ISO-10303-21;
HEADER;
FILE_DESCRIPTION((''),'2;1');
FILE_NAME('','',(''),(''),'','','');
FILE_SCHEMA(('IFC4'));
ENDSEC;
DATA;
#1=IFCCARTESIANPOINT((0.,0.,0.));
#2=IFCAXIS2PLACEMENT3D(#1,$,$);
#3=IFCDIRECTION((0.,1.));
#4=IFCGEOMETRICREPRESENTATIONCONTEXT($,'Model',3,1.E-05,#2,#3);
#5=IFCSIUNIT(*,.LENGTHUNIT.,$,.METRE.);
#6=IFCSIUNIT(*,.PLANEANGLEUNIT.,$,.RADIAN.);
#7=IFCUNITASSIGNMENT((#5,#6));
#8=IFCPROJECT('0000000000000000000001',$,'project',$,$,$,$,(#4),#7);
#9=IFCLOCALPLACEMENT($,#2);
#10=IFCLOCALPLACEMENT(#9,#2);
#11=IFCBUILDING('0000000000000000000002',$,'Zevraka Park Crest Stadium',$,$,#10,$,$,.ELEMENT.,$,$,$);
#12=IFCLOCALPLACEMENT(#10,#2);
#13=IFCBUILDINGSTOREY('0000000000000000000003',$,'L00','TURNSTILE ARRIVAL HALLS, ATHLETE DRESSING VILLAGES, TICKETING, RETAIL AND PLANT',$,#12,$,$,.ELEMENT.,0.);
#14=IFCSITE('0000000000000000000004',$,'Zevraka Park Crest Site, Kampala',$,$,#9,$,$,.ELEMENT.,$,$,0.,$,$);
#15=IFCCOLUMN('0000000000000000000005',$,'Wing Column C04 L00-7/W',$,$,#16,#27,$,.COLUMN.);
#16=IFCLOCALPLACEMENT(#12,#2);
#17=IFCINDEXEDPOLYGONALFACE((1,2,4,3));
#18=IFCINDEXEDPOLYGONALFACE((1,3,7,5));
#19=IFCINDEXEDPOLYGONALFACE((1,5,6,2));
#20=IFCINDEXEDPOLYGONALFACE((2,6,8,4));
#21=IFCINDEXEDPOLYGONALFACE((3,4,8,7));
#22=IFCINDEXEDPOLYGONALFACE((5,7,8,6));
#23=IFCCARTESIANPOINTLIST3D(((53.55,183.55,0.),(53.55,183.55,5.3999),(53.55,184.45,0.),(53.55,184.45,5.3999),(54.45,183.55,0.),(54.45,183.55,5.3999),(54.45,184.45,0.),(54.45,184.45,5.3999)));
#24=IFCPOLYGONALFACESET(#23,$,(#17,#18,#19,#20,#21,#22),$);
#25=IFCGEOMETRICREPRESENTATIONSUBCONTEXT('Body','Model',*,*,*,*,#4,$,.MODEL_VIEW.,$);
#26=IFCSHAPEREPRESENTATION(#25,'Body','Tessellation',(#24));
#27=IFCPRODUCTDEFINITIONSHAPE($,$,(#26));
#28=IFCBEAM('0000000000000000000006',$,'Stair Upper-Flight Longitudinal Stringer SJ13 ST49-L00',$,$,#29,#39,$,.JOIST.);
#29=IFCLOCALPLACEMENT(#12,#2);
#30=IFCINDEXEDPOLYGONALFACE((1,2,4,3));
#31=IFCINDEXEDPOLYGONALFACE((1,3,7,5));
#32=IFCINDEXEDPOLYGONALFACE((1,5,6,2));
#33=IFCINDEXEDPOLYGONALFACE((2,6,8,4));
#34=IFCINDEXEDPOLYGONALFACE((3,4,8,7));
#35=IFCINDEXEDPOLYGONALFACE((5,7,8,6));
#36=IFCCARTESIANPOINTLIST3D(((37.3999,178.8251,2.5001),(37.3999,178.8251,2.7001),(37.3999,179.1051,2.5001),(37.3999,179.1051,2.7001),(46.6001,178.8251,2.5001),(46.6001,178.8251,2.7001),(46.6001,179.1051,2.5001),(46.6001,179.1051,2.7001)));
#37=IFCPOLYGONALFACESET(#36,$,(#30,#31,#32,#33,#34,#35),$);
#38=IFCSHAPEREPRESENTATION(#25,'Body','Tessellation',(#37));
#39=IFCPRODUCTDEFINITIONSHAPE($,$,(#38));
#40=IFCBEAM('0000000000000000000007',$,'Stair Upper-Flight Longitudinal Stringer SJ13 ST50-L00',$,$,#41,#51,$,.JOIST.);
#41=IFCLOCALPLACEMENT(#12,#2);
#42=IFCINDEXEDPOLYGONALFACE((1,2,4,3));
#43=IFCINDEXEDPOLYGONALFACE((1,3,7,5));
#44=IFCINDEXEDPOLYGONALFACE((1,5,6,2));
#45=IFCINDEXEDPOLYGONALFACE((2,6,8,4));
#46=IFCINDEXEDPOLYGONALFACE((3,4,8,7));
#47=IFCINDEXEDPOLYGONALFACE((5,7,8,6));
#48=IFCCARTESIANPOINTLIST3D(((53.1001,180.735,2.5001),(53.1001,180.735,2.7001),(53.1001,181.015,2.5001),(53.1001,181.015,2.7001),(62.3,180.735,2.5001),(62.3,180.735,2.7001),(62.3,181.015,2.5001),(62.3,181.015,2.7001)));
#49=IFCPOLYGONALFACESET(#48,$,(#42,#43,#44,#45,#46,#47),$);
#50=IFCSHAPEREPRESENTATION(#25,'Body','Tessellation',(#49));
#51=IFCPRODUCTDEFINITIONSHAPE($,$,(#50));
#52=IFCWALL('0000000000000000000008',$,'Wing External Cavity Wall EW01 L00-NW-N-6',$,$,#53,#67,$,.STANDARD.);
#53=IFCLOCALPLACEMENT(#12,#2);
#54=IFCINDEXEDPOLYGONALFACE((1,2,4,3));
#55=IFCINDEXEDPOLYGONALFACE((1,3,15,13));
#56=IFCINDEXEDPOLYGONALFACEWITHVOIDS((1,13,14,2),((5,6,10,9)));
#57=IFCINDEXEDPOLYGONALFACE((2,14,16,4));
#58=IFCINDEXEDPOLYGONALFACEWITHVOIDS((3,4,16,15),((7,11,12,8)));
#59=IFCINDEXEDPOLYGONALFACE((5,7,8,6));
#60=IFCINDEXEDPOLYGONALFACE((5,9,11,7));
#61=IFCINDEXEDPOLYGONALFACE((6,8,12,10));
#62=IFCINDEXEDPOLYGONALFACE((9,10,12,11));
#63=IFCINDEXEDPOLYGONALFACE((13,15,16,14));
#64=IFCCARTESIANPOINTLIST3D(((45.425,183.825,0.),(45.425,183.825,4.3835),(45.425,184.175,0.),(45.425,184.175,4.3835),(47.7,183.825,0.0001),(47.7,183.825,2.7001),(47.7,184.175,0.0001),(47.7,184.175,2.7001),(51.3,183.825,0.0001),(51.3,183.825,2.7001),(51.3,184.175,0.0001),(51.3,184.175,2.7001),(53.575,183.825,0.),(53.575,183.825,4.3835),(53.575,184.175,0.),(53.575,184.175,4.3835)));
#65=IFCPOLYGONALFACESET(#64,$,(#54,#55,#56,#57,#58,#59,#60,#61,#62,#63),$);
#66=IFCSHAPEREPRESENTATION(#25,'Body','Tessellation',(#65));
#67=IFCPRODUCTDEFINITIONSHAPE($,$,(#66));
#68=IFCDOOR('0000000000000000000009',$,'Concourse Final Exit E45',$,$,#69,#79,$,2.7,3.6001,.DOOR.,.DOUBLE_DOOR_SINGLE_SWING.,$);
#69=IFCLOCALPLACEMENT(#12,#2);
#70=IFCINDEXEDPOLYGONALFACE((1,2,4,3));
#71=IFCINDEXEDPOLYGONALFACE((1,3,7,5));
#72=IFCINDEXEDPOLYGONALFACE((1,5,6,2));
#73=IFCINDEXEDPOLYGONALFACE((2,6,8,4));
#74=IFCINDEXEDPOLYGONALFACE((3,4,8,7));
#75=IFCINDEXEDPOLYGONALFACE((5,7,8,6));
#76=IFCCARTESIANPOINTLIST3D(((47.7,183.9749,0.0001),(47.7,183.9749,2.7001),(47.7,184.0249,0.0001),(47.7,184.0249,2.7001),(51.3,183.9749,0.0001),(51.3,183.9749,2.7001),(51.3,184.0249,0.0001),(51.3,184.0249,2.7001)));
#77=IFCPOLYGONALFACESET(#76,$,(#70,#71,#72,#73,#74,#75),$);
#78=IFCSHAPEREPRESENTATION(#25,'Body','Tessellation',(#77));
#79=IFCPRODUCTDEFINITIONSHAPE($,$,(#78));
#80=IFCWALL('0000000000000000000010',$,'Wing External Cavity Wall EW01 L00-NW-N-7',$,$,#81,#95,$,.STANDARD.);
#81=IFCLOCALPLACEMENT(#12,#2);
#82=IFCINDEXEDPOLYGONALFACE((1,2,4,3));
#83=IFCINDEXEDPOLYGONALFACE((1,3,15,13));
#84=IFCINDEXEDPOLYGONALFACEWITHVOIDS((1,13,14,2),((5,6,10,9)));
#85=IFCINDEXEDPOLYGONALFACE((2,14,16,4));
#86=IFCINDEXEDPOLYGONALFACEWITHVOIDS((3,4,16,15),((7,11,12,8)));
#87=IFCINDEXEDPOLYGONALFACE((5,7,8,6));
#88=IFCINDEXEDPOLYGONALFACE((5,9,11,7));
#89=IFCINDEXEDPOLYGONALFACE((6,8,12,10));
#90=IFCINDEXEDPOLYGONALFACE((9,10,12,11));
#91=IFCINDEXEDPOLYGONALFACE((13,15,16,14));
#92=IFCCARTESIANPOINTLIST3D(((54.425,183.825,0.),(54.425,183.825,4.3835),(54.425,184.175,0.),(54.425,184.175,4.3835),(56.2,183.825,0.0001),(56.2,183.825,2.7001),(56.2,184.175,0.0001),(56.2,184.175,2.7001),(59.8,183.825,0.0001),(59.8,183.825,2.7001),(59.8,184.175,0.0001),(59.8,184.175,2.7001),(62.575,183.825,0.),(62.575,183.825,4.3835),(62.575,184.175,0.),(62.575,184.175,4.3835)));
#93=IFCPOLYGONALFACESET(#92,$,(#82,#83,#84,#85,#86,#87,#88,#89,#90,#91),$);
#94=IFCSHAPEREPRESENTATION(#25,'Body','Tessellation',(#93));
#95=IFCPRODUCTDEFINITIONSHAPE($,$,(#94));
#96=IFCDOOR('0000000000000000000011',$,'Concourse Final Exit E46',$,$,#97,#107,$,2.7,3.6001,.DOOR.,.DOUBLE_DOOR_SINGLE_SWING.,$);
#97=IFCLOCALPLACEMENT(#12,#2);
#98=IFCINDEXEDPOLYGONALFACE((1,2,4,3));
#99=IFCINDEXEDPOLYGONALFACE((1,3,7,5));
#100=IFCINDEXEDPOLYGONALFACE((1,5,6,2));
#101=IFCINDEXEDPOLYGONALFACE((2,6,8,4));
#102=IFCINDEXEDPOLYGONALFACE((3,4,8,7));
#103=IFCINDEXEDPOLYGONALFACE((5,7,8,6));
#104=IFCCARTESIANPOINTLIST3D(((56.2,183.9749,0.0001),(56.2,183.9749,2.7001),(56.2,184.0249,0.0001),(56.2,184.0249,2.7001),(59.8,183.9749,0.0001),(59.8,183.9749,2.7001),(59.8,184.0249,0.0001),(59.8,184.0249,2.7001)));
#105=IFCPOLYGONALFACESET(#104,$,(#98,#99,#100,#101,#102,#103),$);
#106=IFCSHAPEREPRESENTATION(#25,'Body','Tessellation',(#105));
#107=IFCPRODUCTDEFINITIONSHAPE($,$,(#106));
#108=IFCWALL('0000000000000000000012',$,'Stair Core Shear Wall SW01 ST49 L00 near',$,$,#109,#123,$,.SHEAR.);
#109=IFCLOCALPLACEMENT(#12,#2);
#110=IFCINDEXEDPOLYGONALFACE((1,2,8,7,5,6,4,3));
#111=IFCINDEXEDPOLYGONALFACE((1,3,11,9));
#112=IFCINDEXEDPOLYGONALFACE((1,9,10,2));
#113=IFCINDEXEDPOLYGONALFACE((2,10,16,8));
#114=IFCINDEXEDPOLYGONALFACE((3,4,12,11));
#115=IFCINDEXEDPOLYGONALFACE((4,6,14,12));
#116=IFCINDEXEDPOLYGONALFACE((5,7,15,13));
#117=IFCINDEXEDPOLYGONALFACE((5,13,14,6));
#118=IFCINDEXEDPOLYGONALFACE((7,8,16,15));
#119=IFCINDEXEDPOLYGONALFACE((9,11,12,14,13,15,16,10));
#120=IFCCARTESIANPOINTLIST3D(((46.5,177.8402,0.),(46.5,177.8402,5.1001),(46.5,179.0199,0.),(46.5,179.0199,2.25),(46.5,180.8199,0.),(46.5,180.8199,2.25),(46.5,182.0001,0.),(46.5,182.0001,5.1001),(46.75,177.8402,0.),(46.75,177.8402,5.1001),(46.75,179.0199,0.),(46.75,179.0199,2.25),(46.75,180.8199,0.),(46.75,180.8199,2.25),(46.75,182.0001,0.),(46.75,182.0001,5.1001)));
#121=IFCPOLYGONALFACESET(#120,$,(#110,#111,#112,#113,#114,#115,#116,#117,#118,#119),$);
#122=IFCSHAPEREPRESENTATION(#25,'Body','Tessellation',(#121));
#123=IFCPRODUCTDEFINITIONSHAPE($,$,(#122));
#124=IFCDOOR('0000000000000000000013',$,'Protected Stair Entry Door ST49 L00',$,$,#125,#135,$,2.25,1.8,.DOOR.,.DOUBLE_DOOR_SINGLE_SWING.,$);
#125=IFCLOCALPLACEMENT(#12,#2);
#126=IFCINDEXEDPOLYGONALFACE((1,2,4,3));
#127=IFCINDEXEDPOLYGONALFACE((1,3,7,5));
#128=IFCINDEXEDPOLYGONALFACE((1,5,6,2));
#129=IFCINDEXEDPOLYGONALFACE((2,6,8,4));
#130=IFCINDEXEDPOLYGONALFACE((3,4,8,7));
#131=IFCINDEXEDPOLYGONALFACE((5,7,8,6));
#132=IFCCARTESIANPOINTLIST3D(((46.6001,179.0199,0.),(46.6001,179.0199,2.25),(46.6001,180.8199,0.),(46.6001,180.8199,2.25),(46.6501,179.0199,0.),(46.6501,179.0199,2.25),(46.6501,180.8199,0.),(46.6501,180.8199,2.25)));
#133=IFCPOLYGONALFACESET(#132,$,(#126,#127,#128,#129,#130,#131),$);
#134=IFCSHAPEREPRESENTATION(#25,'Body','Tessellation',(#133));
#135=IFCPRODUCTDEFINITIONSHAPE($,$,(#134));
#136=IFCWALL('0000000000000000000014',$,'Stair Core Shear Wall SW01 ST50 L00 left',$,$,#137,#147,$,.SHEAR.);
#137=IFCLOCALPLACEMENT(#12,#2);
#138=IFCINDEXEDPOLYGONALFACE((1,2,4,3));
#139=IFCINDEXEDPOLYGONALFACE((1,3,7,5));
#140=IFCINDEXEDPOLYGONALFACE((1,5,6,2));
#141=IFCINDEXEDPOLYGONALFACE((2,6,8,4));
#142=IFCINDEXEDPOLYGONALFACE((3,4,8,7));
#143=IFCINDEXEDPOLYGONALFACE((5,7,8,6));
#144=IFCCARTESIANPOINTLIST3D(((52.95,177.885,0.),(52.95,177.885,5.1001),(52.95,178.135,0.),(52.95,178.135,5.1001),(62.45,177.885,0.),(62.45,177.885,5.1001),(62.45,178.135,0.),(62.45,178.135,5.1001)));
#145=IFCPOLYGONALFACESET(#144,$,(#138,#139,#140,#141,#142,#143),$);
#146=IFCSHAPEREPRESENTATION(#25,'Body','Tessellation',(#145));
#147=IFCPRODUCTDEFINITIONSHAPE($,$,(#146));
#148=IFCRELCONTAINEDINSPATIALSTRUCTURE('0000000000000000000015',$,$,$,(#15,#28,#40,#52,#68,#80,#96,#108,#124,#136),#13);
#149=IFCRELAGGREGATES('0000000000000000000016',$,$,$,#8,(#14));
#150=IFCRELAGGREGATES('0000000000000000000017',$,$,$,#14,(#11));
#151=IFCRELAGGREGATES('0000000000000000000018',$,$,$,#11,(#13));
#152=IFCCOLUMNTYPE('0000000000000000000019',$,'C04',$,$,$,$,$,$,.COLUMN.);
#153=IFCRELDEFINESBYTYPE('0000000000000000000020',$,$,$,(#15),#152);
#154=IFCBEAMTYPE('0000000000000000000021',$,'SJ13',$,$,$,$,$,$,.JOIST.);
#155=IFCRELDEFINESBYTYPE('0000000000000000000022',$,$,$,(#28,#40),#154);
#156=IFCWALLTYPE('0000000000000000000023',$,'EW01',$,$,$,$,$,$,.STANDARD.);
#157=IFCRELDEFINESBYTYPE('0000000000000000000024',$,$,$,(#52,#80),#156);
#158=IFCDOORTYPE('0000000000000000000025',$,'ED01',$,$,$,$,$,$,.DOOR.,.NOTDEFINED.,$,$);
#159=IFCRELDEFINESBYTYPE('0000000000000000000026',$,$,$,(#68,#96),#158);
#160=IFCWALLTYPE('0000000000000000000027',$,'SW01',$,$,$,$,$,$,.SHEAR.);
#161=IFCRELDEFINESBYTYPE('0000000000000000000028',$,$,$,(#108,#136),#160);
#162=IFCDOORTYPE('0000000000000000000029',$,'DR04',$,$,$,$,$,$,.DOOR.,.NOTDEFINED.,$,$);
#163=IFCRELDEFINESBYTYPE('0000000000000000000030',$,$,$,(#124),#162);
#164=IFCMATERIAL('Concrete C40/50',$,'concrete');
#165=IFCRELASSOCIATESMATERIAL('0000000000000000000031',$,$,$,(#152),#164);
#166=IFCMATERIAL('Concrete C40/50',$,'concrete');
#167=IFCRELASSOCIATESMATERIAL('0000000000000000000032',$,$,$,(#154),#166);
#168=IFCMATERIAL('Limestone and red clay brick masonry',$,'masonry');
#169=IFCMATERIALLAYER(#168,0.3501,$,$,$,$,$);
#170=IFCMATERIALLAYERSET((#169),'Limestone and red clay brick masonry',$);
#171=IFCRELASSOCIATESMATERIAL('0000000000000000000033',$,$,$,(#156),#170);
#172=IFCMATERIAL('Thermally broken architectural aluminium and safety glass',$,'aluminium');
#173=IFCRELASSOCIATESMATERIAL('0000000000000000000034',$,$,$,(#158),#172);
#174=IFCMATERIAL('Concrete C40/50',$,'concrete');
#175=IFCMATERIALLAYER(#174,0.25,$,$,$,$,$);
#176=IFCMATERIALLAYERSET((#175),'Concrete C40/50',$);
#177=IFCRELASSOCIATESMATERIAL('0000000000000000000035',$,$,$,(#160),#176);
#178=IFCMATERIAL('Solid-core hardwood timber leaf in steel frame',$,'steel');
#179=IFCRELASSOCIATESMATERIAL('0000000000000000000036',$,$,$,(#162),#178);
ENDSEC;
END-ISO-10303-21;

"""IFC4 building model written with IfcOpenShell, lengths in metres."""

from ifc_helpers import new_model, si_unit, direction, frame, frame_2d, origin, origin_2d, place, context, subcontext, project, spatial, rectangle, extrude, material, layer, layer_set, material_profile, profile_set, type_object, element, fill, save


model = new_model("IFC4")

# Units and contexts
model_context = context("Model", 3, precision=1e-05, world=origin(), true_north=direction((0.0, 1.0)))
body_context = subcontext(model_context, "Body", "Model", "MODEL_VIEW")
ifc_project = project(units=[si_unit("LENGTHUNIT", "METRE"), si_unit("PLANEANGLEUNIT", "RADIAN")], contexts=[model_context])

# Site, building, storey
site_placement = place(None, origin())
site = spatial("IfcSite", under=ifc_project, at=site_placement, Name="Zevraka Park Crest Site, Kampala", CompositionType="ELEMENT", RefElevation=0.0)
building_placement = place(site_placement, origin())
building = spatial("IfcBuilding", under=site, at=building_placement, Name="Zevraka Park Crest Stadium", CompositionType="ELEMENT")
storey_placement = place(building_placement, origin())
storey = spatial("IfcBuildingStorey", under=building, at=storey_placement, Name="L00", Description="TURNSTILE ARRIVAL HALLS, ATHLETE DRESSING VILLAGES, TICKETING, RETAIL AND PLANT", CompositionType="ELEMENT", Elevation=0.0)

# Column
ifc_material_1 = material(Name="Concrete C40/50", Category="concrete")
ifc_material_profile_1 = material_profile(ifc_material_1, rectangle(XDim=0.8999, YDim=0.8999, at=origin_2d()), Name="RC 900x900")
ifc_profile_set_1 = profile_set([ifc_material_profile_1], Name="Concrete C40/50")
column_type = type_object("IfcColumnType", Name="C04", PredefinedType="COLUMN", material=ifc_profile_set_1)
for number, where, z_axis, x_axis, name in (
    (1, (54.0, 184.0, 0.0), (0.0, 0.0, 1.0), (1.0, 0.0, 0.0), "Wing Column C04 L00-7/W"),
):
    element("IfcColumn", number, at=place(storey_placement, frame(where, z_axis=z_axis, x_axis=x_axis)), inside=storey, type_object=column_type, Name=name, PredefinedType="COLUMN", context=body_context, shape_type="SweptSolid", body=[
        extrude(rectangle(XDim=0.8999, YDim=0.8999, at=origin_2d()), origin(), (0.0, 0.0, 1.0), 5.3999),
    ])

# Beams
ifc_material_2 = material(Name="Concrete C40/50", Category="concrete")
ifc_material_profile_2 = material_profile(ifc_material_2, rectangle(XDim=0.28, YDim=0.2, at=origin_2d()), Name="RC 200x280")
ifc_profile_set_2 = profile_set([ifc_material_profile_2], Name="Concrete C40/50")
beam_type = type_object("IfcBeamType", Name="SJ13", PredefinedType="JOIST", material=ifc_profile_set_2)
beam_1_placement = place(storey_placement, frame((46.6001, 178.9651, 2.6001), z_axis=(-1.0, 0.0, 0.0), x_axis=(0.0, -1.0, 0.0)))
element("IfcBeam", 2, at=beam_1_placement, inside=storey, type_object=beam_type, Name="Stair Upper-Flight Longitudinal Stringer SJ13 ST49-L00", PredefinedType="JOIST", context=body_context, shape_type="SweptSolid", body=[
    extrude(rectangle(XDim=0.28, YDim=0.2, at=origin_2d()), origin(), (0.0, 0.0, 1.0), 9.2002),
])
beam_2_placement = place(storey_placement, frame((53.1001, 180.875, 2.6001), z_axis=(1.0, 0.0, 0.0), x_axis=(0.0, 1.0, 0.0)))
element("IfcBeam", 3, at=beam_2_placement, inside=storey, type_object=beam_type, Name="Stair Upper-Flight Longitudinal Stringer SJ13 ST50-L00", PredefinedType="JOIST", context=body_context, shape_type="SweptSolid", body=[
    extrude(rectangle(XDim=0.28, YDim=0.2, at=origin_2d()), origin(), (0.0, 0.0, 1.0), 9.2),
])

# Walls, openings, doors
ifc_material_3 = material(Name="Limestone and red clay brick masonry", Category="masonry")
ifc_layer_1 = layer(ifc_material_3, 0.3501)
ifc_layer_set_1 = layer_set([ifc_layer_1], Name="Limestone and red clay brick masonry")
wall_type_1 = type_object("IfcWallType", Name="EW01", PredefinedType="STANDARD", material=ifc_layer_set_1)
wall_1_placement = place(storey_placement, frame((45.425, 184.0, 0.0), z_axis=(0.0, 0.0, 1.0), x_axis=(1.0, 0.0, 0.0)))
wall_1 = element("IfcWall", 4, at=wall_1_placement, inside=storey, type_object=wall_type_1, Name="Wing External Cavity Wall EW01 L00-NW-N-6", PredefinedType="STANDARD", context=body_context, shape_type="SweptSolid", body=[
    extrude(rectangle(XDim=8.1499, YDim=0.3501, at=frame_2d((4.075, 0.0))), origin(), (0.0, 0.0, 1.0), 4.3835),
])
opening_1_placement = place(wall_1_placement, frame((2.2749, 0.0, 0.0)))
opening_1 = element("IfcOpeningElement", 5, at=opening_1_placement, cuts=wall_1, PredefinedType="OPENING", context=body_context, shape_type="SweptSolid", body=[
    extrude(rectangle(XDim=3.6001, YDim=2.7, at=frame_2d((1.8, 1.3501))), frame((0.0, 0.1851, 0.0), z_axis=(0.0, -1.0, 0.0), x_axis=(1.0, 0.0, 0.0)), (0.0, 0.0, 1.0), 0.3701),
])
ifc_material_4 = material(Name="Thermally broken architectural aluminium and safety glass", Category="aluminium")
door_type_1 = type_object("IfcDoorType", Name="ED01", OperationType="NOTDEFINED", PredefinedType="DOOR", material=ifc_material_4)
door_1_placement = place(opening_1_placement, origin())
door_1 = element("IfcDoor", 6, at=door_1_placement, inside=storey, type_object=door_type_1, Name="Concourse Final Exit E45", OperationType="DOUBLE_DOOR_SINGLE_SWING", OverallHeight=2.7, OverallWidth=3.6001, PredefinedType="DOOR", context=body_context, shape_type="SweptSolid", body=[
    extrude(rectangle(XDim=3.6001, YDim=2.7, at=frame_2d((1.8, 1.3501))), frame((0.0, 0.0249, 0.0), z_axis=(0.0, -1.0, 0.0), x_axis=(1.0, 0.0, 0.0)), (0.0, 0.0, 1.0), 0.05),
])
fill(opening_1, door_1)
wall_2_placement = place(storey_placement, frame((54.425, 184.0, 0.0), z_axis=(0.0, 0.0, 1.0), x_axis=(1.0, 0.0, 0.0)))
wall_2 = element("IfcWall", 7, at=wall_2_placement, inside=storey, type_object=wall_type_1, Name="Wing External Cavity Wall EW01 L00-NW-N-7", PredefinedType="STANDARD", context=body_context, shape_type="SweptSolid", body=[
    extrude(rectangle(XDim=8.1499, YDim=0.3501, at=frame_2d((4.075, 0.0))), origin(), (0.0, 0.0, 1.0), 4.3835),
])
opening_2_placement = place(wall_2_placement, frame((1.7749, 0.0, 0.0)))
opening_2 = element("IfcOpeningElement", 8, at=opening_2_placement, cuts=wall_2, PredefinedType="OPENING", context=body_context, shape_type="SweptSolid", body=[
    extrude(rectangle(XDim=3.6001, YDim=2.7, at=frame_2d((1.8, 1.3501))), frame((0.0, 0.1851, 0.0), z_axis=(0.0, -1.0, 0.0), x_axis=(1.0, 0.0, 0.0)), (0.0, 0.0, 1.0), 0.3701),
])
door_2_placement = place(opening_2_placement, origin())
door_2 = element("IfcDoor", 9, at=door_2_placement, inside=storey, type_object=door_type_1, Name="Concourse Final Exit E46", OperationType="DOUBLE_DOOR_SINGLE_SWING", OverallHeight=2.7, OverallWidth=3.6001, PredefinedType="DOOR", context=body_context, shape_type="SweptSolid", body=[
    extrude(rectangle(XDim=3.6001, YDim=2.7, at=frame_2d((1.8, 1.3501))), frame((0.0, 0.0249, 0.0), z_axis=(0.0, -1.0, 0.0), x_axis=(1.0, 0.0, 0.0)), (0.0, 0.0, 1.0), 0.05),
])
fill(opening_2, door_2)
ifc_material_5 = material(Name="Concrete C40/50", Category="concrete")
ifc_layer_2 = layer(ifc_material_5, 0.25)
ifc_layer_set_2 = layer_set([ifc_layer_2], Name="Concrete C40/50")
wall_type_2 = type_object("IfcWallType", Name="SW01", PredefinedType="SHEAR", material=ifc_layer_set_2)
wall_3_placement = place(storey_placement, frame((46.625, 177.8401, 0.0), z_axis=(0.0, 0.0, 1.0), x_axis=(0.0, 1.0, 0.0)))
wall_3 = element("IfcWall", 10, at=wall_3_placement, inside=storey, type_object=wall_type_2, Name="Stair Core Shear Wall SW01 ST49 L00 near", PredefinedType="SHEAR", context=body_context, shape_type="SweptSolid", body=[
    extrude(rectangle(XDim=4.1599, YDim=0.25, at=frame_2d((2.0801, 0.0))), origin(), (0.0, 0.0, 1.0), 5.1001),
])
opening_3_placement = place(wall_3_placement, frame((1.1799, 0.0, 0.0)))
opening_3 = element("IfcOpeningElement", 11, at=opening_3_placement, cuts=wall_3, PredefinedType="OPENING", context=body_context, shape_type="SweptSolid", body=[
    extrude(rectangle(XDim=1.8, YDim=2.25, at=frame_2d((0.8999, 1.125))), frame((0.0, 0.135, 0.0), z_axis=(0.0, -1.0, 0.0), x_axis=(1.0, 0.0, 0.0)), (0.0, 0.0, 1.0), 0.27),
])
ifc_material_6 = material(Name="Solid-core hardwood timber leaf in steel frame", Category="steel")
door_type_2 = type_object("IfcDoorType", Name="DR04", OperationType="NOTDEFINED", PredefinedType="DOOR", material=ifc_material_6)
door_3_placement = place(opening_3_placement, origin())
door_3 = element("IfcDoor", 12, at=door_3_placement, inside=storey, type_object=door_type_2, Name="Protected Stair Entry Door ST49 L00", OperationType="DOUBLE_DOOR_SINGLE_SWING", OverallHeight=2.25, OverallWidth=1.8, PredefinedType="DOOR", context=body_context, shape_type="SweptSolid", body=[
    extrude(rectangle(XDim=1.8, YDim=2.25, at=frame_2d((0.8999, 1.125))), frame((0.0, 0.0249, 0.0), z_axis=(0.0, -1.0, 0.0), x_axis=(1.0, 0.0, 0.0)), (0.0, 0.0, 1.0), 0.05),
])
fill(opening_3, door_3)

# Wall
wall_4_placement = place(storey_placement, frame((52.95, 178.01, 0.0), z_axis=(0.0, 0.0, 1.0), x_axis=(1.0, 0.0, 0.0)))
element("IfcWall", 13, at=wall_4_placement, inside=storey, type_object=wall_type_2, Name="Stair Core Shear Wall SW01 ST50 L00 left", PredefinedType="SHEAR", context=body_context, shape_type="SweptSolid", body=[
    extrude(rectangle(XDim=9.5, YDim=0.25, at=frame_2d((4.75, 0.0))), origin(), (0.0, 0.0, 1.0), 5.1001),
])

save(model, "model.ifc")
